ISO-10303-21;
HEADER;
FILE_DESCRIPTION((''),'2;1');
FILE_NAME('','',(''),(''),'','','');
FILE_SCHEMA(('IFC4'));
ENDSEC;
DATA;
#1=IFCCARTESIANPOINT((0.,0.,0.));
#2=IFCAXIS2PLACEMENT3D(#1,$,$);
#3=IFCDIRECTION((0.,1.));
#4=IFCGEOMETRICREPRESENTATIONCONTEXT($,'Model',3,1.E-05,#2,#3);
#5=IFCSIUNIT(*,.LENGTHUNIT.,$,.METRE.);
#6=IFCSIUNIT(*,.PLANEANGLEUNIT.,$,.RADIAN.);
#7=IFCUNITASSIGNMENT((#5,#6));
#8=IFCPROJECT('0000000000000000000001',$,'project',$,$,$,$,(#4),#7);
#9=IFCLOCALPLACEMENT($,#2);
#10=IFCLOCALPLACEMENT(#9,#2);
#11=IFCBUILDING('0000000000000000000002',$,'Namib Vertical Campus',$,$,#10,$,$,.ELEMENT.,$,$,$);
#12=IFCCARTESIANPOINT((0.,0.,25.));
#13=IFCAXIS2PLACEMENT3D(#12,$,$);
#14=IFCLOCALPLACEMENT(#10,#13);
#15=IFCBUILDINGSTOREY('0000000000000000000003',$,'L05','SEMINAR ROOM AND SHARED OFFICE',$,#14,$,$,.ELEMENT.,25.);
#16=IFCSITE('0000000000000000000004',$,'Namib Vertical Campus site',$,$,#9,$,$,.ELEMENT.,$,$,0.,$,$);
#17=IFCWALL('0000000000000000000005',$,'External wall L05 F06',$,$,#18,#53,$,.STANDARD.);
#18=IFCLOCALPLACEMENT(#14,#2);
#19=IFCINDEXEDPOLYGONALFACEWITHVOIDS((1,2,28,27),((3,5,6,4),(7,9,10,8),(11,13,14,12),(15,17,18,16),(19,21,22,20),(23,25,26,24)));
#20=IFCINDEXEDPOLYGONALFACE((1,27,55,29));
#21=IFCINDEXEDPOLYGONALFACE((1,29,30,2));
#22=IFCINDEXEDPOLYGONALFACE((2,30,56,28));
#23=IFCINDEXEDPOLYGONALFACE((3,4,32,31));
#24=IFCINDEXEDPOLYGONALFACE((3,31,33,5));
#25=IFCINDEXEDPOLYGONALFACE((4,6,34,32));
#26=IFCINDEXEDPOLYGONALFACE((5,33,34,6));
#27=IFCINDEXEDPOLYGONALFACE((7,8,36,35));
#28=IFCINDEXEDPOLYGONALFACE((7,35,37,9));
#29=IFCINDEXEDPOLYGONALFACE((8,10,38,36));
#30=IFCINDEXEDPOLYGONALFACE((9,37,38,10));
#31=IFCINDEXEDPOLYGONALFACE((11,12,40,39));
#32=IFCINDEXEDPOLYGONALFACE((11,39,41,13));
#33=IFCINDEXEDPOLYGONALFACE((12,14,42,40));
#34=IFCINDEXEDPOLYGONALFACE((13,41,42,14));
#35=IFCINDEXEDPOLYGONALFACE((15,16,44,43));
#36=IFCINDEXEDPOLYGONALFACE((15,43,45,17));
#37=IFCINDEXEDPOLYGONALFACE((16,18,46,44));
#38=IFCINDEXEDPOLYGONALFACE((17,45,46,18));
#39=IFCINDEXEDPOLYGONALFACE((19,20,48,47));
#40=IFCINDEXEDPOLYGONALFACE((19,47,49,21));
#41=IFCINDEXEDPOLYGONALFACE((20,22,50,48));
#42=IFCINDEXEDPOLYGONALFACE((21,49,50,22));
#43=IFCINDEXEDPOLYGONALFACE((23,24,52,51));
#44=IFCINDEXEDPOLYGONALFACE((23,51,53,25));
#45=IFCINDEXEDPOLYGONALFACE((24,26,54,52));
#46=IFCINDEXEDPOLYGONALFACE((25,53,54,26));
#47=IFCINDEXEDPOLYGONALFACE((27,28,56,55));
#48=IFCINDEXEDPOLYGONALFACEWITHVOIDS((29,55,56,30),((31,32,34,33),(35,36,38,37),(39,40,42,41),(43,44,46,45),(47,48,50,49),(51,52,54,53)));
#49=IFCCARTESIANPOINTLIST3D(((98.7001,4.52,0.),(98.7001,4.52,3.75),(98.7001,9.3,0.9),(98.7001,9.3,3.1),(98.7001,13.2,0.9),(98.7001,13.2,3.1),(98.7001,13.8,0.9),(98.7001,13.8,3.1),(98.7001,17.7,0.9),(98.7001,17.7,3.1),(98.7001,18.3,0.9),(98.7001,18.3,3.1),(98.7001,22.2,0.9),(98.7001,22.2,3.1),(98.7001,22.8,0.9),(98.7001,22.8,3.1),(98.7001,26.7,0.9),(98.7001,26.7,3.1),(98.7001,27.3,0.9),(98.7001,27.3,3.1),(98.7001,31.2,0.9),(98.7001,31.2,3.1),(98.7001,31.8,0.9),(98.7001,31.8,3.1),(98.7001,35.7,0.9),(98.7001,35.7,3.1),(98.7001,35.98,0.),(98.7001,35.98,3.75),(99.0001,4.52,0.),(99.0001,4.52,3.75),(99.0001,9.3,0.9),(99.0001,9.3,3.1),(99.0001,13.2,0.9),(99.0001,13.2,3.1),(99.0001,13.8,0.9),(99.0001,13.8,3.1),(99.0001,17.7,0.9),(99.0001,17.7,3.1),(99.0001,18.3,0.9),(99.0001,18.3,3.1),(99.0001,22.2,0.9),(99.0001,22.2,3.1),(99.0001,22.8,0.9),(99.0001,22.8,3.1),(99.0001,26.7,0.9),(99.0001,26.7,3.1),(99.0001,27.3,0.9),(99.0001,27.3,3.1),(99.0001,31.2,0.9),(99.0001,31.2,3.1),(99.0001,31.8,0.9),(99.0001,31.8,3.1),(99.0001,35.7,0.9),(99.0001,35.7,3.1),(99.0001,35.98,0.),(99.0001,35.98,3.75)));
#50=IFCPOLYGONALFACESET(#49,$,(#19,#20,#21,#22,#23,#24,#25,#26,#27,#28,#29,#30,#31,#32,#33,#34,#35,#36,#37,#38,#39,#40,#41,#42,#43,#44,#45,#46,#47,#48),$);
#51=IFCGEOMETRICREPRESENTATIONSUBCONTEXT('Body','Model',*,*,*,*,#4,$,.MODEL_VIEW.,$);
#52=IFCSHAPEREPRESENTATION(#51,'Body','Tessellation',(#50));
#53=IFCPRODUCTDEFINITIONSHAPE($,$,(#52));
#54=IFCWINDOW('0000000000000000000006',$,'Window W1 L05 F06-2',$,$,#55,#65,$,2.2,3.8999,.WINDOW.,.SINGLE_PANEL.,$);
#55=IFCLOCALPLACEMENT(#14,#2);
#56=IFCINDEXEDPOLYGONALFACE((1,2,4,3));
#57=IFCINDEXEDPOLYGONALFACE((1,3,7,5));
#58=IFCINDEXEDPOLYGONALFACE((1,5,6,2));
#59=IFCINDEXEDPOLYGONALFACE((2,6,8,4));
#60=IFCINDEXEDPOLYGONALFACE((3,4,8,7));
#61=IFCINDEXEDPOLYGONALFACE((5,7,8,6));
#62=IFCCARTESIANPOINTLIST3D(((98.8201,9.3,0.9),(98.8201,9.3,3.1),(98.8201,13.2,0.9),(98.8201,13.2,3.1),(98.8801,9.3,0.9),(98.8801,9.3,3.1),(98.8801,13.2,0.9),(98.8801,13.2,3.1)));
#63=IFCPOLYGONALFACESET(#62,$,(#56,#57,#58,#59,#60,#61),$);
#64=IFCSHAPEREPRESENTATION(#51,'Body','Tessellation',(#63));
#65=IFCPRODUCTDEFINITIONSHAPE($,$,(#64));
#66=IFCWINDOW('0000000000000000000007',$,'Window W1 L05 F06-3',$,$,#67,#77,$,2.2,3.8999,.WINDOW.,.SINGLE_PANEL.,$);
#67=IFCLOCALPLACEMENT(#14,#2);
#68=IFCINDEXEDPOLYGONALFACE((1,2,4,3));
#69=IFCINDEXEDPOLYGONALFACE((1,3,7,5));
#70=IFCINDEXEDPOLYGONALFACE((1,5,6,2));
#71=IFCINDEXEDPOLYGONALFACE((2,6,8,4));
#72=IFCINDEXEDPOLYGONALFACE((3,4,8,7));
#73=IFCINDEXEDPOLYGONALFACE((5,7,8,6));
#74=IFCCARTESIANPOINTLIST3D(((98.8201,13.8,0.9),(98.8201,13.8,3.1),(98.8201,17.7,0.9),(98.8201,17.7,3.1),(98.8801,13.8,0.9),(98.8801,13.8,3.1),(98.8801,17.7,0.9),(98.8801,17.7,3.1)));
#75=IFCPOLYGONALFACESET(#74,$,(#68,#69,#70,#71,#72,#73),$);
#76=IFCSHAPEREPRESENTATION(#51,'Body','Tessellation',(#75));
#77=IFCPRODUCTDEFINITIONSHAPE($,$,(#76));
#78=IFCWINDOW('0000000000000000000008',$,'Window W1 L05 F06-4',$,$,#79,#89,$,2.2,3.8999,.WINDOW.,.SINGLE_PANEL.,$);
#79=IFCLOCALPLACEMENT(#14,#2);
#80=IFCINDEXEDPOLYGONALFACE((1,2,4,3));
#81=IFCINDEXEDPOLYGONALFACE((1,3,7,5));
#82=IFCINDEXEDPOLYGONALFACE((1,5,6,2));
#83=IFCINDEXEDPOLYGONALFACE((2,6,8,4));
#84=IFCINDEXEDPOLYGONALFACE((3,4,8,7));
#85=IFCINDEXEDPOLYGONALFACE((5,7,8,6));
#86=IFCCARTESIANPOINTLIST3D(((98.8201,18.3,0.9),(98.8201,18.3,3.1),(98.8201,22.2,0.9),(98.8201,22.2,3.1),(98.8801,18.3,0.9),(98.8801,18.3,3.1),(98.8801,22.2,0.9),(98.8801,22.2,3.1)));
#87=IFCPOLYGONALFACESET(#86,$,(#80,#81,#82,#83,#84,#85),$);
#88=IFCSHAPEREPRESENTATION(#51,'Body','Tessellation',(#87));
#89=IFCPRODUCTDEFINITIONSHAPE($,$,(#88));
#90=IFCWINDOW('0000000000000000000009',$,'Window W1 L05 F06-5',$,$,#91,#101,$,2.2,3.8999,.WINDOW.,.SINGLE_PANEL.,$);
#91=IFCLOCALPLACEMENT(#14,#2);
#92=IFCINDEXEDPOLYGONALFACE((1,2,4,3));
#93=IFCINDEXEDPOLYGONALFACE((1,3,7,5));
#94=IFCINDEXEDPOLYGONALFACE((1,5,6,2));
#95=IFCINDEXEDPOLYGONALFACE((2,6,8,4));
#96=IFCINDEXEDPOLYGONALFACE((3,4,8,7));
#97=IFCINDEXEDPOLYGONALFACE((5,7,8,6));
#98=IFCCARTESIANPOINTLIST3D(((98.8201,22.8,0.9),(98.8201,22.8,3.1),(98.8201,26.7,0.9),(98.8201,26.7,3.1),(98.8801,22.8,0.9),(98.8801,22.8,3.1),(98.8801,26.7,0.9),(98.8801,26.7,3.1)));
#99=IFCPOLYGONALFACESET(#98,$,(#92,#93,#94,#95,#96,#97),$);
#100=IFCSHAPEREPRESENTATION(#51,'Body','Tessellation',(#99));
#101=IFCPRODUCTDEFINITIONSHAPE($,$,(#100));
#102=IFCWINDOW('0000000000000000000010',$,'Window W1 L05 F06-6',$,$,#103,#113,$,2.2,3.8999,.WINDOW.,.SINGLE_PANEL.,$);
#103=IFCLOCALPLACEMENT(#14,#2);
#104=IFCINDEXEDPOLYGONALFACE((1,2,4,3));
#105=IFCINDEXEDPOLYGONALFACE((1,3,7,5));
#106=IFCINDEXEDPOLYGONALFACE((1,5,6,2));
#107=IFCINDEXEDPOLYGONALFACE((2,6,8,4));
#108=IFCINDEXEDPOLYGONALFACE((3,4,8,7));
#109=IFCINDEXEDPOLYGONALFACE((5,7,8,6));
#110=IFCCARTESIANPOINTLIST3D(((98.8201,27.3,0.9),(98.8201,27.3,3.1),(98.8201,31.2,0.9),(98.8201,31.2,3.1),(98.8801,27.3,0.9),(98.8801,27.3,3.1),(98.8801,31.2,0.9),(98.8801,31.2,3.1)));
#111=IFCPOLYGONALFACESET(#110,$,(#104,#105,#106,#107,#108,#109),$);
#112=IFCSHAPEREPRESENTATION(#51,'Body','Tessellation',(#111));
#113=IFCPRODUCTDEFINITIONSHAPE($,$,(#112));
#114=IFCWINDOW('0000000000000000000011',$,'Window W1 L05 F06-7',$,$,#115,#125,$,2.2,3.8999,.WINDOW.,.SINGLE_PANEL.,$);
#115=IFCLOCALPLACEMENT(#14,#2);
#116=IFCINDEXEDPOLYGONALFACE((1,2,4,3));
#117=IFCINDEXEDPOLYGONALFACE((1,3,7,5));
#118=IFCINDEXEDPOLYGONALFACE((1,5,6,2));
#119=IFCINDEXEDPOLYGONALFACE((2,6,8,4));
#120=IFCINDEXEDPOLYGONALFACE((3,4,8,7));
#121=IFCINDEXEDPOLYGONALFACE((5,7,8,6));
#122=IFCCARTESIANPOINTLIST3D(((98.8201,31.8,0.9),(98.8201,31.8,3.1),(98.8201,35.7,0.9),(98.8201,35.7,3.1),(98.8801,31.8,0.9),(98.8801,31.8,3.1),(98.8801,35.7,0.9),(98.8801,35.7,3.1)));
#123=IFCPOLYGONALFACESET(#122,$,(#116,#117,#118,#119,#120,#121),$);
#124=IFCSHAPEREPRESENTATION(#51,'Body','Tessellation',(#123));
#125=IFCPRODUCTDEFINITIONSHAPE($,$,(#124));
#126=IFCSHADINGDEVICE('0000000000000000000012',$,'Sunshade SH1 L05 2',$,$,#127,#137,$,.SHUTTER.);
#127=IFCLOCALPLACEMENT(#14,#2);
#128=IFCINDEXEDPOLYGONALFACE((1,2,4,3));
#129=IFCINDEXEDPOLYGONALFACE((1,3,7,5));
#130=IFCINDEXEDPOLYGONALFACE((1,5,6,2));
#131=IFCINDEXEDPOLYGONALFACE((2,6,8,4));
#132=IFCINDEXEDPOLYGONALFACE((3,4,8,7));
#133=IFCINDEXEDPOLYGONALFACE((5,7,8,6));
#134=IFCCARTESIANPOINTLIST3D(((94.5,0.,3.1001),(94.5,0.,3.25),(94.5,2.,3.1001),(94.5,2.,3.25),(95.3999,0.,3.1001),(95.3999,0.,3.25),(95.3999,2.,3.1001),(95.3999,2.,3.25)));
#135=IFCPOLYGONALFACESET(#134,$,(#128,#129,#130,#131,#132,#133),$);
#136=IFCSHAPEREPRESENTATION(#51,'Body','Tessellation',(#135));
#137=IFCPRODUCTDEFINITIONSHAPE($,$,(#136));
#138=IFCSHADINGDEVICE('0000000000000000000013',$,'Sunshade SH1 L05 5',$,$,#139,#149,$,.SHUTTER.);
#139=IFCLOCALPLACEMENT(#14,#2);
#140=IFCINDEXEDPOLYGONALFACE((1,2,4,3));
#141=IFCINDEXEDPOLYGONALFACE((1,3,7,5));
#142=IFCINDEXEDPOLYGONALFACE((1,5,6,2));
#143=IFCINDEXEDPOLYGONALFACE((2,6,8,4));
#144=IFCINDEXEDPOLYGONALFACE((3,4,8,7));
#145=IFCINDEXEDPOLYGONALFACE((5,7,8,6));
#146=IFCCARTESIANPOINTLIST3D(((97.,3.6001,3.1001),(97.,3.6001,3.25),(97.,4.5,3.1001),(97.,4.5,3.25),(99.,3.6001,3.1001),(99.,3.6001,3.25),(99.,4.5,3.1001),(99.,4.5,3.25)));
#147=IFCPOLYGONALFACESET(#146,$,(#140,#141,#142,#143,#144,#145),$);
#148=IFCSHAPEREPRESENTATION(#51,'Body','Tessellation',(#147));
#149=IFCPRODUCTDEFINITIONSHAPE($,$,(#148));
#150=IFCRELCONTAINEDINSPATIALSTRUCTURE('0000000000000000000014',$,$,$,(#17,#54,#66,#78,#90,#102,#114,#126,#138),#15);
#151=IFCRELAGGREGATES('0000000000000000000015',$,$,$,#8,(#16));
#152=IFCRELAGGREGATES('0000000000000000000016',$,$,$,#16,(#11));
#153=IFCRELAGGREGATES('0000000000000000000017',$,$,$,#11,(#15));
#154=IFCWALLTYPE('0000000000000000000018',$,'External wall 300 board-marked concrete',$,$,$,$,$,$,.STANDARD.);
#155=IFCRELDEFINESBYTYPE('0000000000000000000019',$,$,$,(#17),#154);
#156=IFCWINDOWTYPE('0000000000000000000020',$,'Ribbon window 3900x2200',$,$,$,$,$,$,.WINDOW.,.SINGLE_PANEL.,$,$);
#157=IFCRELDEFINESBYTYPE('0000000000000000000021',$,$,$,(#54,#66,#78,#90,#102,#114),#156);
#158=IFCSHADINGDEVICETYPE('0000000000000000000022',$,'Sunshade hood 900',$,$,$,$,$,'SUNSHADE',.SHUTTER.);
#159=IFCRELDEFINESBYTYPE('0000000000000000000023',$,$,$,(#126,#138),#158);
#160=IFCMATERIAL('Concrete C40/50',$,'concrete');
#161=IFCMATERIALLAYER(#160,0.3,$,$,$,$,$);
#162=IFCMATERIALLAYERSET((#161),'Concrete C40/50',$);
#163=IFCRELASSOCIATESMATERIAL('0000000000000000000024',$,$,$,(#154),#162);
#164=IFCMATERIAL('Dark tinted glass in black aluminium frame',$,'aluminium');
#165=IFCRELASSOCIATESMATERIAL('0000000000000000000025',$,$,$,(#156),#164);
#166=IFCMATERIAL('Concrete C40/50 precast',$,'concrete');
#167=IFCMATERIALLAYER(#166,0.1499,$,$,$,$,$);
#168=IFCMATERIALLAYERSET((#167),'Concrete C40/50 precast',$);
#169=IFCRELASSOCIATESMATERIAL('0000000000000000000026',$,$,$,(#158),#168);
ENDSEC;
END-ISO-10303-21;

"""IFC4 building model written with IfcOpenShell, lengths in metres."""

from ifc_helpers import new_model, si_unit, direction, frame, frame_2d, origin, origin_2d, place, context, subcontext, project, spatial, rectangle, extrude, material, layer, layer_set, type_object, element, fill, save


model = new_model("IFC4")

# Units and contexts
model_context = context("Model", 3, precision=1e-05, world=origin(), true_north=direction((0.0, 1.0)))
body_context = subcontext(model_context, "Body", "Model", "MODEL_VIEW")
ifc_project = project(units=[si_unit("LENGTHUNIT", "METRE"), si_unit("PLANEANGLEUNIT", "RADIAN")], contexts=[model_context])

# Site, building, storey
site_placement = place(None, origin())
site = spatial("IfcSite", under=ifc_project, at=site_placement, Name="Namib Vertical Campus site", CompositionType="ELEMENT", RefElevation=0.0)
building_placement = place(site_placement, origin())
building = spatial("IfcBuilding", under=site, at=building_placement, Name="Namib Vertical Campus", CompositionType="ELEMENT")
storey_placement = place(building_placement, frame((0.0, 0.0, 25.0)))
storey = spatial("IfcBuildingStorey", under=building, at=storey_placement, Name="L05", Description="SEMINAR ROOM AND SHARED OFFICE", CompositionType="ELEMENT", Elevation=25.0)

# Shared definitions
ifc_material_1 = material(Name="Concrete C40/50", Category="concrete")
ifc_layer_1 = layer(ifc_material_1, 0.3)
ifc_layer_set_1 = layer_set([ifc_layer_1], Name="Concrete C40/50")
wall_type = type_object("IfcWallType", Name="External wall 300 board-marked concrete", PredefinedType="STANDARD", material=ifc_layer_set_1)

# Wall, openings, windows
wall_1_placement = place(storey_placement, frame((98.8501, 4.52, 0.0), z_axis=(0.0, 0.0, 1.0), x_axis=(0.0, 1.0, 0.0)))
wall_1 = element("IfcWall", 1, at=wall_1_placement, inside=storey, type_object=wall_type, Name="External wall L05 F06", PredefinedType="STANDARD", context=body_context, shape_type="SweptSolid", body=[
    extrude(rectangle(XDim=31.46, YDim=0.3, at=frame_2d((15.73, 0.0))), origin(), (0.0, 0.0, 1.0), 3.75),
])
opening_1_placement = place(wall_1_placement, frame((4.78, 0.0, 0.8999)))
opening_1 = element("IfcOpeningElement", 2, at=opening_1_placement, cuts=wall_1, PredefinedType="OPENING", context=body_context, shape_type="SweptSolid", body=[
    extrude(rectangle(XDim=3.8999, YDim=2.2, at=frame_2d((1.95, 1.1001))), frame((0.0, 0.1599, 0.0), z_axis=(0.0, -1.0, 0.0), x_axis=(1.0, 0.0, 0.0)), (0.0, 0.0, 1.0), 0.3201),
])
opening_2_placement = place(wall_1_placement, frame((9.28, 0.0, 0.8999)))
opening_2 = element("IfcOpeningElement", 3, at=opening_2_placement, cuts=wall_1, PredefinedType="OPENING", context=body_context, shape_type="SweptSolid", body=[
    extrude(rectangle(XDim=3.8999, YDim=2.2, at=frame_2d((1.95, 1.1001))), frame((0.0, 0.1599, 0.0), z_axis=(0.0, -1.0, 0.0), x_axis=(1.0, 0.0, 0.0)), (0.0, 0.0, 1.0), 0.3201),
])
opening_3_placement = place(wall_1_placement, frame((13.78, 0.0, 0.8999)))
opening_3 = element("IfcOpeningElement", 4, at=opening_3_placement, cuts=wall_1, PredefinedType="OPENING", context=body_context, shape_type="SweptSolid", body=[
    extrude(rectangle(XDim=3.8999, YDim=2.2, at=frame_2d((1.95, 1.1001))), frame((0.0, 0.1599, 0.0), z_axis=(0.0, -1.0, 0.0), x_axis=(1.0, 0.0, 0.0)), (0.0, 0.0, 1.0), 0.3201),
])
opening_4_placement = place(wall_1_placement, frame((18.28, 0.0, 0.8999)))
opening_4 = element("IfcOpeningElement", 5, at=opening_4_placement, cuts=wall_1, PredefinedType="OPENING", context=body_context, shape_type="SweptSolid", body=[
    extrude(rectangle(XDim=3.8999, YDim=2.2, at=frame_2d((1.95, 1.1001))), frame((0.0, 0.1599, 0.0), z_axis=(0.0, -1.0, 0.0), x_axis=(1.0, 0.0, 0.0)), (0.0, 0.0, 1.0), 0.3201),
])
opening_5_placement = place(wall_1_placement, frame((22.78, 0.0, 0.8999)))
opening_5 = element("IfcOpeningElement", 6, at=opening_5_placement, cuts=wall_1, PredefinedType="OPENING", context=body_context, shape_type="SweptSolid", body=[
    extrude(rectangle(XDim=3.8999, YDim=2.2, at=frame_2d((1.95, 1.1001))), frame((0.0, 0.1599, 0.0), z_axis=(0.0, -1.0, 0.0), x_axis=(1.0, 0.0, 0.0)), (0.0, 0.0, 1.0), 0.3201),
])
opening_6_placement = place(wall_1_placement, frame((27.28, 0.0, 0.8999)))
opening_6 = element("IfcOpeningElement", 7, at=opening_6_placement, cuts=wall_1, PredefinedType="OPENING", context=body_context, shape_type="SweptSolid", body=[
    extrude(rectangle(XDim=3.8999, YDim=2.2, at=frame_2d((1.95, 1.1001))), frame((0.0, 0.1599, 0.0), z_axis=(0.0, -1.0, 0.0), x_axis=(1.0, 0.0, 0.0)), (0.0, 0.0, 1.0), 0.3201),
])
ifc_material_2 = material(Name="Dark tinted glass in black aluminium frame", Category="aluminium")
window_type = type_object("IfcWindowType", Name="Ribbon window 3900x2200", PartitioningType="SINGLE_PANEL", PredefinedType="WINDOW", material=ifc_material_2)
window_1_placement = place(opening_1_placement, origin())
window_1 = element("IfcWindow", 8, at=window_1_placement, inside=storey, type_object=window_type, Name="Window W1 L05 F06-2", OverallHeight=2.2, OverallWidth=3.8999, PartitioningType="SINGLE_PANEL", PredefinedType="WINDOW", context=body_context, shape_type="SweptSolid", body=[
    extrude(rectangle(XDim=3.8999, YDim=2.2, at=frame_2d((1.95, 1.1001))), frame((0.0, 0.03, 0.0), z_axis=(0.0, -1.0, 0.0), x_axis=(1.0, 0.0, 0.0)), (0.0, 0.0, 1.0), 0.0601),
])
fill(opening_1, window_1)
window_2_placement = place(opening_2_placement, origin())
window_2 = element("IfcWindow", 9, at=window_2_placement, inside=storey, type_object=window_type, Name="Window W1 L05 F06-3", OverallHeight=2.2, OverallWidth=3.8999, PartitioningType="SINGLE_PANEL", PredefinedType="WINDOW", context=body_context, shape_type="SweptSolid", body=[
    extrude(rectangle(XDim=3.8999, YDim=2.2, at=frame_2d((1.95, 1.1001))), frame((0.0, 0.03, 0.0), z_axis=(0.0, -1.0, 0.0), x_axis=(1.0, 0.0, 0.0)), (0.0, 0.0, 1.0), 0.0601),
])
fill(opening_2, window_2)
window_3_placement = place(opening_3_placement, origin())
window_3 = element("IfcWindow", 10, at=window_3_placement, inside=storey, type_object=window_type, Name="Window W1 L05 F06-4", OverallHeight=2.2, OverallWidth=3.8999, PartitioningType="SINGLE_PANEL", PredefinedType="WINDOW", context=body_context, shape_type="SweptSolid", body=[
    extrude(rectangle(XDim=3.8999, YDim=2.2, at=frame_2d((1.95, 1.1001))), frame((0.0, 0.03, 0.0), z_axis=(0.0, -1.0, 0.0), x_axis=(1.0, 0.0, 0.0)), (0.0, 0.0, 1.0), 0.0601),
])
fill(opening_3, window_3)
window_4_placement = place(opening_4_placement, origin())
window_4 = element("IfcWindow", 11, at=window_4_placement, inside=storey, type_object=window_type, Name="Window W1 L05 F06-5", OverallHeight=2.2, OverallWidth=3.8999, PartitioningType="SINGLE_PANEL", PredefinedType="WINDOW", context=body_context, shape_type="SweptSolid", body=[
    extrude(rectangle(XDim=3.8999, YDim=2.2, at=frame_2d((1.95, 1.1001))), frame((0.0, 0.03, 0.0), z_axis=(0.0, -1.0, 0.0), x_axis=(1.0, 0.0, 0.0)), (0.0, 0.0, 1.0), 0.0601),
])
fill(opening_4, window_4)
window_5_placement = place(opening_5_placement, origin())
window_5 = element("IfcWindow", 12, at=window_5_placement, inside=storey, type_object=window_type, Name="Window W1 L05 F06-6", OverallHeight=2.2, OverallWidth=3.8999, PartitioningType="SINGLE_PANEL", PredefinedType="WINDOW", context=body_context, shape_type="SweptSolid", body=[
    extrude(rectangle(XDim=3.8999, YDim=2.2, at=frame_2d((1.95, 1.1001))), frame((0.0, 0.03, 0.0), z_axis=(0.0, -1.0, 0.0), x_axis=(1.0, 0.0, 0.0)), (0.0, 0.0, 1.0), 0.0601),
])
fill(opening_5, window_5)
window_6_placement = place(opening_6_placement, origin())
window_6 = element("IfcWindow", 13, at=window_6_placement, inside=storey, type_object=window_type, Name="Window W1 L05 F06-7", OverallHeight=2.2, OverallWidth=3.8999, PartitioningType="SINGLE_PANEL", PredefinedType="WINDOW", context=body_context, shape_type="SweptSolid", body=[
    extrude(rectangle(XDim=3.8999, YDim=2.2, at=frame_2d((1.95, 1.1001))), frame((0.0, 0.03, 0.0), z_axis=(0.0, -1.0, 0.0), x_axis=(1.0, 0.0, 0.0)), (0.0, 0.0, 1.0), 0.0601),
])
fill(opening_6, window_6)

# Shading devices
ifc_material_3 = material(Name="Concrete C40/50 precast", Category="concrete")
ifc_layer_2 = layer(ifc_material_3, 0.1499)
ifc_layer_set_2 = layer_set([ifc_layer_2], Name="Concrete C40/50 precast")
shading_device_type = type_object("IfcShadingDeviceType", Name="Sunshade hood 900", ElementType="SUNSHADE", PredefinedType="SHUTTER", material=ifc_layer_set_2)
for number, where, z_axis, x_axis, name in (
    (14, (94.95, 1.0, 3.1001), (0.0, 0.0, 1.0), (0.0, 1.0, 0.0), "Sunshade SH1 L05 2"),
    (15, (98.0, 4.05, 3.1001), (0.0, 0.0, 1.0), (1.0, 0.0, 0.0), "Sunshade SH1 L05 5"),
):
    element("IfcShadingDevice", number, at=place(storey_placement, frame(where, z_axis=z_axis, x_axis=x_axis)), inside=storey, type_object=shading_device_type, Name=name, PredefinedType="SHUTTER", context=body_context, shape_type="SweptSolid", body=[
        extrude(rectangle(XDim=2.0, YDim=0.8999, at=origin_2d()), origin(), (0.0, 0.0, 1.0), 0.1499),
    ])

save(model, "model.ifc")
